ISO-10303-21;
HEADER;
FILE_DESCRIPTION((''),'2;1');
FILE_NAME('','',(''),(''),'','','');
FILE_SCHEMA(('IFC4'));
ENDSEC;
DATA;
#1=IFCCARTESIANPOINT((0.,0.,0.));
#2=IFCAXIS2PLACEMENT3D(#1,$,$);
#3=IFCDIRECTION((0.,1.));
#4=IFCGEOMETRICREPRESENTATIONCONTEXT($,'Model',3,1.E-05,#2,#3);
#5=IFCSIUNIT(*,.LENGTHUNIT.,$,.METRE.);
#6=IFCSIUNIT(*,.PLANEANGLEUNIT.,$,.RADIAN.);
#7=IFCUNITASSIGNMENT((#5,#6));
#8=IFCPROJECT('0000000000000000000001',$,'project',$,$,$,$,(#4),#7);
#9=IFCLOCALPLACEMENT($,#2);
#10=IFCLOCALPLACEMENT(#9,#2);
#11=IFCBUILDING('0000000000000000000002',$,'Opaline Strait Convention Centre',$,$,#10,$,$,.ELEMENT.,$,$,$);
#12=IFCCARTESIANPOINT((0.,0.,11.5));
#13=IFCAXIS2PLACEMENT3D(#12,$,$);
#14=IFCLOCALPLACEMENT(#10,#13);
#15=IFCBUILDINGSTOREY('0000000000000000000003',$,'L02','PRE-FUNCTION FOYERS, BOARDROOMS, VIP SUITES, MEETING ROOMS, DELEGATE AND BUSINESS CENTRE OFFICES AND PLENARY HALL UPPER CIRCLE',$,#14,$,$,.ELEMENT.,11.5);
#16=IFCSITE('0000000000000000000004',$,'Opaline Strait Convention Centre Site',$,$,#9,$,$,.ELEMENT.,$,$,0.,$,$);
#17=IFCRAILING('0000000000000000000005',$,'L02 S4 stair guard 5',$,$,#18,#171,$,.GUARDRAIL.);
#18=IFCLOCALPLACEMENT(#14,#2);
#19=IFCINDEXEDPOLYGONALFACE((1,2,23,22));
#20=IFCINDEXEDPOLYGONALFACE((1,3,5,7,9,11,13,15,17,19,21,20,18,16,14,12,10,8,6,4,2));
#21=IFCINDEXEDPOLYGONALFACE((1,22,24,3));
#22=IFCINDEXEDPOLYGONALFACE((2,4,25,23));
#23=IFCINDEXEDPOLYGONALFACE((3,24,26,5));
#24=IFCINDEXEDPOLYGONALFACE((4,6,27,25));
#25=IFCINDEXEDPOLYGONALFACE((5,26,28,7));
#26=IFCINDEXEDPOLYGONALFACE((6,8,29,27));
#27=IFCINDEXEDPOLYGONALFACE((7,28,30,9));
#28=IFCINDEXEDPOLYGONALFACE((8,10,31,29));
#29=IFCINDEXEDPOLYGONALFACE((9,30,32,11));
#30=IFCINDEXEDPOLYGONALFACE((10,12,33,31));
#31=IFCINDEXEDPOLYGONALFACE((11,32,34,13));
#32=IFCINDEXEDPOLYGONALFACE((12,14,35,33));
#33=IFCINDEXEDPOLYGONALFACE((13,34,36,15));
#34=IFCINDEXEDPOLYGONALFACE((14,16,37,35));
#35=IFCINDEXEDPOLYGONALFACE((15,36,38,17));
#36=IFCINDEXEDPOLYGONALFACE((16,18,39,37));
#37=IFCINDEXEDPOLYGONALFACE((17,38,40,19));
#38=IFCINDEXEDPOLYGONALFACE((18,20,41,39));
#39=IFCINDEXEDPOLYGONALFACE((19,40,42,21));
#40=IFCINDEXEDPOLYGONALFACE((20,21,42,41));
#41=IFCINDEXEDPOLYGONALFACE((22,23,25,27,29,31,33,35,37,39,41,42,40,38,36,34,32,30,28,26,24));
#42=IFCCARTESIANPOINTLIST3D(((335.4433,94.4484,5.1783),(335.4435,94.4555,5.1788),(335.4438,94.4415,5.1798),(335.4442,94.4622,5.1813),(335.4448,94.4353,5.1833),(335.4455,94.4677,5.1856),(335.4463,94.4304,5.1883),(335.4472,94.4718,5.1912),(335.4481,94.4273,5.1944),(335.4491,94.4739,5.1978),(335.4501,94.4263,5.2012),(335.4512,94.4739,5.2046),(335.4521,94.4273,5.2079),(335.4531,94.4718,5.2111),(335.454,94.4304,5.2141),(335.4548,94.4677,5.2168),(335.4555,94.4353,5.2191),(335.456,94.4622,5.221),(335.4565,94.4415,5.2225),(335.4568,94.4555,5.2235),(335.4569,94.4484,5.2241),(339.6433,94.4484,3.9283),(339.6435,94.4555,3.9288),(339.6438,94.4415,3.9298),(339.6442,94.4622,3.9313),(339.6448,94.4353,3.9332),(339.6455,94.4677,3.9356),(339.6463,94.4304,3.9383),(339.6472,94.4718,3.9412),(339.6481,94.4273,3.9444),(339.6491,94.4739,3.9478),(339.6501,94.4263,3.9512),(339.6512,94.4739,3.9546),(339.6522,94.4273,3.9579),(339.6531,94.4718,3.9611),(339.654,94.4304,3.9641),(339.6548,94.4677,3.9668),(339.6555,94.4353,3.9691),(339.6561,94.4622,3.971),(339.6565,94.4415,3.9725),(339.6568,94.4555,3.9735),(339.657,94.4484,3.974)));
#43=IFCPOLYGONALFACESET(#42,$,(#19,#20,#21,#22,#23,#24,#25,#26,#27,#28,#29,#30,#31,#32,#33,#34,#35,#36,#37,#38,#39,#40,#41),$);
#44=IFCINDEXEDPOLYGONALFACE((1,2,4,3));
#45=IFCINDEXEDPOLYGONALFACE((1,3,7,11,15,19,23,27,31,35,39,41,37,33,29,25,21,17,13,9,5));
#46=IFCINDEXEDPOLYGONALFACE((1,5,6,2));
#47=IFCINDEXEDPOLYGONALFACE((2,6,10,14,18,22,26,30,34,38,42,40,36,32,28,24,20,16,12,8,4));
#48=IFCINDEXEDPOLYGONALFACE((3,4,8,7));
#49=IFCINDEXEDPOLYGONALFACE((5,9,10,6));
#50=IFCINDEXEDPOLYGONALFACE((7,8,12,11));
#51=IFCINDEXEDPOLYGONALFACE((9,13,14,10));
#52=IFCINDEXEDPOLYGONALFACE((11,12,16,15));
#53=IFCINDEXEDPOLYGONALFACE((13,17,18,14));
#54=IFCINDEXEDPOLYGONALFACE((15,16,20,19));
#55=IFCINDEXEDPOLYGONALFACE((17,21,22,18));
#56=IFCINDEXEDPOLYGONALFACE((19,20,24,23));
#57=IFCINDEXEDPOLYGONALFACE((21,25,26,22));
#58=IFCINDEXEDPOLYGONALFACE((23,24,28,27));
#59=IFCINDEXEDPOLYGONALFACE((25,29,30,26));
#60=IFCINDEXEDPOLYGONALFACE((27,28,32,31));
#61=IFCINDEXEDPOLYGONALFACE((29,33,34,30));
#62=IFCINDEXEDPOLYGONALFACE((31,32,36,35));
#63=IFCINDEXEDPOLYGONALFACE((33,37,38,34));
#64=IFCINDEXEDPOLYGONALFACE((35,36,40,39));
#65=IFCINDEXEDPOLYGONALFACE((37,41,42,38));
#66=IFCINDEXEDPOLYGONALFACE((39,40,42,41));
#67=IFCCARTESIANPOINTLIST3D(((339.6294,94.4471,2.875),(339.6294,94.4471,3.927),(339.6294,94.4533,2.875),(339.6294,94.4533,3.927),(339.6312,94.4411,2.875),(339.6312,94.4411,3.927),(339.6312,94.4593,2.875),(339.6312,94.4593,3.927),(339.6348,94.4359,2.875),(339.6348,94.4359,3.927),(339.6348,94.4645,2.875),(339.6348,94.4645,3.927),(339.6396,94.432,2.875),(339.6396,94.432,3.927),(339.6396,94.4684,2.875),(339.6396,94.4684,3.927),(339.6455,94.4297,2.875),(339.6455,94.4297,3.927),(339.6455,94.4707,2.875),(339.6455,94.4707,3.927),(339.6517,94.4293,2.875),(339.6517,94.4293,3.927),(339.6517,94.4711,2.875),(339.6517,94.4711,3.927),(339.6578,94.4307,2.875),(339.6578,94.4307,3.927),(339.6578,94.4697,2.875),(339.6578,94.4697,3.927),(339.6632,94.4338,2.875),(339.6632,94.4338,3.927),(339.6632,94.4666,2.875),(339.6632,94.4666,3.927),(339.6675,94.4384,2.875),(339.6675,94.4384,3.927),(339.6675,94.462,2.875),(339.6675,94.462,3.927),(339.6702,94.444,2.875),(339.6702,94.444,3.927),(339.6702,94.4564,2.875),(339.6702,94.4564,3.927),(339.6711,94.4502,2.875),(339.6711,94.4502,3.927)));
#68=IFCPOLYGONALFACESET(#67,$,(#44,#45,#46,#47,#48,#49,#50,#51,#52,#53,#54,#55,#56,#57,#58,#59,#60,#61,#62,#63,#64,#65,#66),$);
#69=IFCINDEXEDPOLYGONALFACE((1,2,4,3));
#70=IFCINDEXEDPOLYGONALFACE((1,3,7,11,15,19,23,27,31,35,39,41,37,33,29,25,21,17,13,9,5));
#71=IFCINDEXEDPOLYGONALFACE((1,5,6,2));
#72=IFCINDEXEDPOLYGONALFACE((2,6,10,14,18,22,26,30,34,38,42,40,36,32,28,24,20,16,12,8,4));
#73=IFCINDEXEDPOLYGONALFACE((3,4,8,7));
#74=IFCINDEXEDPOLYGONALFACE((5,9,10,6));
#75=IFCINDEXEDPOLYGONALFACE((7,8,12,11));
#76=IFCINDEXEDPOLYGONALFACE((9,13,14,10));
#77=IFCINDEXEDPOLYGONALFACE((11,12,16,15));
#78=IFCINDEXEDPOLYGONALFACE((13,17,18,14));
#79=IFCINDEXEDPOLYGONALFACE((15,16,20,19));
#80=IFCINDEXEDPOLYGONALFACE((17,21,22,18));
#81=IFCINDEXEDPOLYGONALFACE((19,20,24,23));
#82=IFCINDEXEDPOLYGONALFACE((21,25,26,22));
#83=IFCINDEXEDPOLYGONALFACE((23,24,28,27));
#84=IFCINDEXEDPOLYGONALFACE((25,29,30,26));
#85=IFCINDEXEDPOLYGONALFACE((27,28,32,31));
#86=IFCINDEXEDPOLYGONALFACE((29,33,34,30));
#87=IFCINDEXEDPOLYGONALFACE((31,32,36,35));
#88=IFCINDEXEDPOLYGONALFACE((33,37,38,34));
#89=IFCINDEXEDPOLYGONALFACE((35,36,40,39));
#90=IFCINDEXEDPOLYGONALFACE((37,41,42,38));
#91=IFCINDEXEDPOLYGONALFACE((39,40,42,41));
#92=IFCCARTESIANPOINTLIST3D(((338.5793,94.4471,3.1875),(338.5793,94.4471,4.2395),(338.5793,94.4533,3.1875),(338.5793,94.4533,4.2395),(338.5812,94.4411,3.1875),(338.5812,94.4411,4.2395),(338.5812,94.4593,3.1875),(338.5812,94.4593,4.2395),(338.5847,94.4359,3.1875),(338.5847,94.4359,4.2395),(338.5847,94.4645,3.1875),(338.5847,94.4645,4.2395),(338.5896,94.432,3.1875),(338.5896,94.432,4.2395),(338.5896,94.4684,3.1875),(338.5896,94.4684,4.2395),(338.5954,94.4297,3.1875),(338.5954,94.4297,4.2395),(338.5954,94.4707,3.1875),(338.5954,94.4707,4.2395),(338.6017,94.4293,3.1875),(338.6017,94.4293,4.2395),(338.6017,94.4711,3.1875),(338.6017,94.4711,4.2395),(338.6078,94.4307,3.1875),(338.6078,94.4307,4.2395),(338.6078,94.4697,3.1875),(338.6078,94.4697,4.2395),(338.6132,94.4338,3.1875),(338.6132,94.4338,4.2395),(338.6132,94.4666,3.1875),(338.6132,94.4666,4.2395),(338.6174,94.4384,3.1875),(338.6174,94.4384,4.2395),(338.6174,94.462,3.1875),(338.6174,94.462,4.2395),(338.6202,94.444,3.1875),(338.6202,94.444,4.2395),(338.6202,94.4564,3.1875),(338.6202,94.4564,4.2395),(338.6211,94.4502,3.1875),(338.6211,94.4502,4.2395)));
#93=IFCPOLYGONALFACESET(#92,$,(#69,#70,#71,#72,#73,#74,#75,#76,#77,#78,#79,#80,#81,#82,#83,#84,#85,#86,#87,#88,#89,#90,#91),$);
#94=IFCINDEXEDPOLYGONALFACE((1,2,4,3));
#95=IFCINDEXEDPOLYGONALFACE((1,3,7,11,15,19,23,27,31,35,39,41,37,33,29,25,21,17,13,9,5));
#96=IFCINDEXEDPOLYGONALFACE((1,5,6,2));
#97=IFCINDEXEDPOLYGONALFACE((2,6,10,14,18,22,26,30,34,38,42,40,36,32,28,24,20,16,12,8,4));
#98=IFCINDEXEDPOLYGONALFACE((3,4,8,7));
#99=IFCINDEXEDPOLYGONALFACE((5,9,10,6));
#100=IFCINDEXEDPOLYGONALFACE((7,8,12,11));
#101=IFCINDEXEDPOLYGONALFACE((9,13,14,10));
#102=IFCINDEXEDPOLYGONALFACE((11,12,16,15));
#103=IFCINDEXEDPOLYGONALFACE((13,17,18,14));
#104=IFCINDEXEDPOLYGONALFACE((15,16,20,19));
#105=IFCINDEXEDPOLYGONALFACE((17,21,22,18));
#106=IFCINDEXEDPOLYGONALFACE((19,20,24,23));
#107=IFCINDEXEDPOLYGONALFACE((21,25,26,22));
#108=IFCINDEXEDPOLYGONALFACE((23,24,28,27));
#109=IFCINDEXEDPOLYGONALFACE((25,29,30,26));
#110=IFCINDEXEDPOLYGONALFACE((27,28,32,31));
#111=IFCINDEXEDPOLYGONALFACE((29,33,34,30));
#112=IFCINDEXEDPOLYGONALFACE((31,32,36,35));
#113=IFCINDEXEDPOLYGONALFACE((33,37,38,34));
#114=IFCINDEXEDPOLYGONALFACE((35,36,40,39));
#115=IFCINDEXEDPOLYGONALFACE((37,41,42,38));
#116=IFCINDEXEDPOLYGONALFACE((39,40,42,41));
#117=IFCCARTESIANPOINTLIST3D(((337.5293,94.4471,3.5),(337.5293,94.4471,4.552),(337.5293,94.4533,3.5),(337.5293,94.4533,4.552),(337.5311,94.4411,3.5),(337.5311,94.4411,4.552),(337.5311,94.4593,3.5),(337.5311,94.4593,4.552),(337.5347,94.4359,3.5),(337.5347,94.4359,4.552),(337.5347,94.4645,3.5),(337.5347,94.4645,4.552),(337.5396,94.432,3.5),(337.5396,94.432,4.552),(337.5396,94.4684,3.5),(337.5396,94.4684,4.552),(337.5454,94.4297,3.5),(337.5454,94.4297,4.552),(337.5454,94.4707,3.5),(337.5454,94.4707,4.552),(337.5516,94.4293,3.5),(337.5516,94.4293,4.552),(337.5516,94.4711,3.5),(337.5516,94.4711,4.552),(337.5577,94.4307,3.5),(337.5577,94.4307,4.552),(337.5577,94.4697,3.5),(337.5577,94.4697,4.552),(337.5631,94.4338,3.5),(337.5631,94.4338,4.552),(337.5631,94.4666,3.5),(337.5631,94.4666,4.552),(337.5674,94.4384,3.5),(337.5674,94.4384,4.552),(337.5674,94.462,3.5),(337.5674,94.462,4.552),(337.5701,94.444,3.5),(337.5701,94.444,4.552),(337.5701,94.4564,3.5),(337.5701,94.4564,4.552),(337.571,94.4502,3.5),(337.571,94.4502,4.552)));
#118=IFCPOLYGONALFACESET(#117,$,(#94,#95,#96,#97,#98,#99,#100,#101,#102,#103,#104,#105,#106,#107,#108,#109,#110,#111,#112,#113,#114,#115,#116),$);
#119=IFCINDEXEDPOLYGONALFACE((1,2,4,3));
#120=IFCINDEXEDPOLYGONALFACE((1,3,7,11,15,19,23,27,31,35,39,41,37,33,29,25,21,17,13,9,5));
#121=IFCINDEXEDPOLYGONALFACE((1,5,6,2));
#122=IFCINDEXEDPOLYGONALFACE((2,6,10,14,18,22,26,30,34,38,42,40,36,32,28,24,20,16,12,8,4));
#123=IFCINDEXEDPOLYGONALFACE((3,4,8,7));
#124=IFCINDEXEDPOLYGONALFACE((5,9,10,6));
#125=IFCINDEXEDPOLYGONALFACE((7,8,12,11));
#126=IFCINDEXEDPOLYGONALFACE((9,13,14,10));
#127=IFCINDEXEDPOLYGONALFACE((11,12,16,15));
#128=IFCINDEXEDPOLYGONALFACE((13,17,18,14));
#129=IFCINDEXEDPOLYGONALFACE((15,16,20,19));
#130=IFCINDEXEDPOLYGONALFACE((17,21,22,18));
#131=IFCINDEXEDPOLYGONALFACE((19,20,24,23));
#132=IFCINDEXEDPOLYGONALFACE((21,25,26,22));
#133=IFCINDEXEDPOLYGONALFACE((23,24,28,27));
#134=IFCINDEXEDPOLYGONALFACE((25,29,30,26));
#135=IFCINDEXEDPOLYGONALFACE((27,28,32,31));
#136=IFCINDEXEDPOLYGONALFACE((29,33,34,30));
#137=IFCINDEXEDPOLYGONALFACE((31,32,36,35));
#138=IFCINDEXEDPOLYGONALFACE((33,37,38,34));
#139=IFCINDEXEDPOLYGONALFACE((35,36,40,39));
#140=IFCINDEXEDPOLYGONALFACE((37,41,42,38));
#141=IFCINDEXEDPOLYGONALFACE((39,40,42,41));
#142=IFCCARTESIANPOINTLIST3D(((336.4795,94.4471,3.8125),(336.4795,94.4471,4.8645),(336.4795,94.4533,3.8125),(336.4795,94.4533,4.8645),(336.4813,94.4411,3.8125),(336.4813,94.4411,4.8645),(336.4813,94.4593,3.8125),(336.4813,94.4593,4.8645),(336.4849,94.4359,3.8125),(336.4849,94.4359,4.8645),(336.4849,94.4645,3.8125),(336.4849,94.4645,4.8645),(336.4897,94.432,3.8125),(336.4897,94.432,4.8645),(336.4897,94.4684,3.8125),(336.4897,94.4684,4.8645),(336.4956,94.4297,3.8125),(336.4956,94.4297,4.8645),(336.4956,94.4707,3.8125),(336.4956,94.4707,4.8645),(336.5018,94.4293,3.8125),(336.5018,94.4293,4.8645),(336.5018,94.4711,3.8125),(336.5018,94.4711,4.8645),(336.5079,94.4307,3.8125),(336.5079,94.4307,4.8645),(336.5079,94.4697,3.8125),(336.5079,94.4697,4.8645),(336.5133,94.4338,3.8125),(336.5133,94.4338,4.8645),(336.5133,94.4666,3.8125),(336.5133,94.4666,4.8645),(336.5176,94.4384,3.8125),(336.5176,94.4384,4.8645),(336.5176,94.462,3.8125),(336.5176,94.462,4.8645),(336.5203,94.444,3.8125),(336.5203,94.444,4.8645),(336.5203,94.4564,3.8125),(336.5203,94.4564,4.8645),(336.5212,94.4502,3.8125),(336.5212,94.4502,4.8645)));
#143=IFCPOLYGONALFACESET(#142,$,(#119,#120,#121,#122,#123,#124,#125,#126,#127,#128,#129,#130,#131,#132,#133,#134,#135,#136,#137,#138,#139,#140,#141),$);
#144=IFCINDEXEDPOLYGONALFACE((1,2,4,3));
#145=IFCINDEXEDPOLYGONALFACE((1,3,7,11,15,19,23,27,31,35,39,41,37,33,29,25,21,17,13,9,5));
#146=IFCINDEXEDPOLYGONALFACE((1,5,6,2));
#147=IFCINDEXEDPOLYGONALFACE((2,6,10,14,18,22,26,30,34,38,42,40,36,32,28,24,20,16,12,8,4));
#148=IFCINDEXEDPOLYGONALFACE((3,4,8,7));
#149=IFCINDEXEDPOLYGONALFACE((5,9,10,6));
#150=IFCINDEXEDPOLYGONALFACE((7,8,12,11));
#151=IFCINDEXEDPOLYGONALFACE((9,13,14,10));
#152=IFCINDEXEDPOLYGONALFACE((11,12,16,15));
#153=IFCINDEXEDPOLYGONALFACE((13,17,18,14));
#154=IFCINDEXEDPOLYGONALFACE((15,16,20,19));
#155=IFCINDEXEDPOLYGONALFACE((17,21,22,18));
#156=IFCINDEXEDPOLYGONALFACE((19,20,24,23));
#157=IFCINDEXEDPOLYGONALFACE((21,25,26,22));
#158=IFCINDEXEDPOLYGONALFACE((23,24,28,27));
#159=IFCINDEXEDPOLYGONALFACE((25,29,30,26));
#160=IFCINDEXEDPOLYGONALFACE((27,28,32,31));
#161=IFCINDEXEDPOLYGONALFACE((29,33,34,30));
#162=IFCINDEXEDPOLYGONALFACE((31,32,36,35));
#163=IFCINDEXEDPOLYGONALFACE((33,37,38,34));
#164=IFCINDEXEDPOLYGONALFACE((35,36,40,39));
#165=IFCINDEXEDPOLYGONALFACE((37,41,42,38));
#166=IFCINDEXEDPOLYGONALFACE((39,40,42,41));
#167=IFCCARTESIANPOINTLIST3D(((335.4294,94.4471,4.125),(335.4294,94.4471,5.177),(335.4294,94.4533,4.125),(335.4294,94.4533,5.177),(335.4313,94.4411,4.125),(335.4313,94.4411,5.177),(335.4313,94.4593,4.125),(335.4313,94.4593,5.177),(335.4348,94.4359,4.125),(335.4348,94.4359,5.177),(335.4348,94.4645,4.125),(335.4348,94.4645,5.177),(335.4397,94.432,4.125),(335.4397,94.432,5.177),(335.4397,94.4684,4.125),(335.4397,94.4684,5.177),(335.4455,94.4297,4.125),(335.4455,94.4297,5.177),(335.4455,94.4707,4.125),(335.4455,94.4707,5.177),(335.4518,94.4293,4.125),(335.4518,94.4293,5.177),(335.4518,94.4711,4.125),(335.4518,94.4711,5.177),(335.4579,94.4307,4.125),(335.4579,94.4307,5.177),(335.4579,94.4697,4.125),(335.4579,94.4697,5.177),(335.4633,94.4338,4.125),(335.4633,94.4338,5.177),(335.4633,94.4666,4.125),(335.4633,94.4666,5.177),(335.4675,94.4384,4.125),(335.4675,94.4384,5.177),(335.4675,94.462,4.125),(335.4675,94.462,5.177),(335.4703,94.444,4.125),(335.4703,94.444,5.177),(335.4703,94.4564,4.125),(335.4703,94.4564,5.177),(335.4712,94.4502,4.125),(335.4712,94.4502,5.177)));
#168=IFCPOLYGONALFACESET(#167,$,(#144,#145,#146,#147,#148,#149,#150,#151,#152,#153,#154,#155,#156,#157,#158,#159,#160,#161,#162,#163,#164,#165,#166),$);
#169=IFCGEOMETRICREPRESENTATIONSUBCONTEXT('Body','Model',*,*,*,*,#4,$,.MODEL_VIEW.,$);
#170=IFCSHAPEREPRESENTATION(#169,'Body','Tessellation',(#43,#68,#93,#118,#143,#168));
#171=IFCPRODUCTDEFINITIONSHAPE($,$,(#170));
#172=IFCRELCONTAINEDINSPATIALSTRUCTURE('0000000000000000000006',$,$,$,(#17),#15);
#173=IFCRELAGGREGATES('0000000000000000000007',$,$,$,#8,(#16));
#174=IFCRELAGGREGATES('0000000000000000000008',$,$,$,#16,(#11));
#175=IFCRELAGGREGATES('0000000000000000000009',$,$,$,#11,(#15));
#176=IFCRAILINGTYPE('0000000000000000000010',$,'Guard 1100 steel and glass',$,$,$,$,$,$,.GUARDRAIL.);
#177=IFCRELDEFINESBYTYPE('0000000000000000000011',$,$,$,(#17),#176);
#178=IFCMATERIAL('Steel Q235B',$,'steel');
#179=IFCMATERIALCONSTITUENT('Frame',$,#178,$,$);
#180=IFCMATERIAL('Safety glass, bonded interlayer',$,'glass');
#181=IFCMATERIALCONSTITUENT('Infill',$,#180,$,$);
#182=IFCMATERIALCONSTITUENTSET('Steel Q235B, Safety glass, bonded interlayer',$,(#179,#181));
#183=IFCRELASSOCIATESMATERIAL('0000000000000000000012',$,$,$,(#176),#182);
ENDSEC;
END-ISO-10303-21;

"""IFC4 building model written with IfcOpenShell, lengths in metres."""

from ifc_helpers import new_model, si_unit, direction, frame, origin, origin_2d, place, context, subcontext, project, spatial, circle, extrude, material, constituent, constituent_set, type_object, element, save


model = new_model("IFC4")

# Units and contexts
model_context = context("Model", 3, precision=1e-05, world=origin(), true_north=direction((0.0, 1.0)))
body_context = subcontext(model_context, "Body", "Model", "MODEL_VIEW")
ifc_project = project(units=[si_unit("LENGTHUNIT", "METRE"), si_unit("PLANEANGLEUNIT", "RADIAN")], contexts=[model_context])

# Site, building, storey
site_placement = place(None, origin())
site = spatial("IfcSite", under=ifc_project, at=site_placement, Name="Opaline Strait Convention Centre Site", CompositionType="ELEMENT", RefElevation=0.0)
building_placement = place(site_placement, origin())
building = spatial("IfcBuilding", under=site, at=building_placement, Name="Opaline Strait Convention Centre", CompositionType="ELEMENT")
storey_placement = place(building_placement, frame((0.0, 0.0, 11.5)))
storey = spatial("IfcBuildingStorey", under=building, at=storey_placement, Name="L02", Description="PRE-FUNCTION FOYERS, BOARDROOMS, VIP SUITES, MEETING ROOMS, DELEGATE AND BUSINESS CENTRE OFFICES AND PLENARY HALL UPPER CIRCLE", CompositionType="ELEMENT", Elevation=11.5)

# Shared definitions
ifc_material_1 = material(Name="Steel Q235B", Category="steel")

# Railing
ifc_constituent_1 = constituent(ifc_material_1, Name="Frame")
ifc_material_2 = material(Name="Safety glass, bonded interlayer", Category="glass")
ifc_constituent_2 = constituent(ifc_material_2, Name="Infill")
ifc_constituent_set = constituent_set(constituents=[ifc_constituent_1, ifc_constituent_2], Name="Steel Q235B, Safety glass, bonded interlayer")
railing_type_1 = type_object("IfcRailingType", Name="Guard 1100 steel and glass", PredefinedType="GUARDRAIL", material=ifc_constituent_set)
railing_1_placement = place(storey_placement, frame((339.6501, 94.4502, 2.875)))
element("IfcRailing", 1, at=railing_1_placement, inside=storey, type_object=railing_type_1, Name="L02 S4 stair guard 5", PredefinedType="GUARDRAIL", context=body_context, shape_type="SweptSolid", body=[
    extrude(circle(Radius=0.0239, at=origin_2d()), frame((0.0, 0.0, 1.0762), z_axis=(-0.958451, 0.0, 0.285257), x_axis=(0.0, -1.0, 0.0)), (0.0, 0.0, 1.0), 4.3821),
    extrude(circle(Radius=0.021, at=origin_2d()), origin(), (0.0, 0.0, 1.0), 1.052),
    extrude(circle(Radius=0.021, at=origin_2d()), frame((-1.05, 0.0, 0.3125)), (0.0, 0.0, 1.0), 1.052),
    extrude(circle(Radius=0.021, at=origin_2d()), frame((-2.1001, 0.0, 0.625)), (0.0, 0.0, 1.0), 1.052),
    extrude(circle(Radius=0.021, at=origin_2d()), frame((-3.1499, 0.0, 0.9375)), (0.0, 0.0, 1.0), 1.052),
    extrude(circle(Radius=0.021, at=origin_2d()), frame((-4.2, 0.0, 1.25)), (0.0, 0.0, 1.0), 1.052),
])

save(model, "model.ifc")
